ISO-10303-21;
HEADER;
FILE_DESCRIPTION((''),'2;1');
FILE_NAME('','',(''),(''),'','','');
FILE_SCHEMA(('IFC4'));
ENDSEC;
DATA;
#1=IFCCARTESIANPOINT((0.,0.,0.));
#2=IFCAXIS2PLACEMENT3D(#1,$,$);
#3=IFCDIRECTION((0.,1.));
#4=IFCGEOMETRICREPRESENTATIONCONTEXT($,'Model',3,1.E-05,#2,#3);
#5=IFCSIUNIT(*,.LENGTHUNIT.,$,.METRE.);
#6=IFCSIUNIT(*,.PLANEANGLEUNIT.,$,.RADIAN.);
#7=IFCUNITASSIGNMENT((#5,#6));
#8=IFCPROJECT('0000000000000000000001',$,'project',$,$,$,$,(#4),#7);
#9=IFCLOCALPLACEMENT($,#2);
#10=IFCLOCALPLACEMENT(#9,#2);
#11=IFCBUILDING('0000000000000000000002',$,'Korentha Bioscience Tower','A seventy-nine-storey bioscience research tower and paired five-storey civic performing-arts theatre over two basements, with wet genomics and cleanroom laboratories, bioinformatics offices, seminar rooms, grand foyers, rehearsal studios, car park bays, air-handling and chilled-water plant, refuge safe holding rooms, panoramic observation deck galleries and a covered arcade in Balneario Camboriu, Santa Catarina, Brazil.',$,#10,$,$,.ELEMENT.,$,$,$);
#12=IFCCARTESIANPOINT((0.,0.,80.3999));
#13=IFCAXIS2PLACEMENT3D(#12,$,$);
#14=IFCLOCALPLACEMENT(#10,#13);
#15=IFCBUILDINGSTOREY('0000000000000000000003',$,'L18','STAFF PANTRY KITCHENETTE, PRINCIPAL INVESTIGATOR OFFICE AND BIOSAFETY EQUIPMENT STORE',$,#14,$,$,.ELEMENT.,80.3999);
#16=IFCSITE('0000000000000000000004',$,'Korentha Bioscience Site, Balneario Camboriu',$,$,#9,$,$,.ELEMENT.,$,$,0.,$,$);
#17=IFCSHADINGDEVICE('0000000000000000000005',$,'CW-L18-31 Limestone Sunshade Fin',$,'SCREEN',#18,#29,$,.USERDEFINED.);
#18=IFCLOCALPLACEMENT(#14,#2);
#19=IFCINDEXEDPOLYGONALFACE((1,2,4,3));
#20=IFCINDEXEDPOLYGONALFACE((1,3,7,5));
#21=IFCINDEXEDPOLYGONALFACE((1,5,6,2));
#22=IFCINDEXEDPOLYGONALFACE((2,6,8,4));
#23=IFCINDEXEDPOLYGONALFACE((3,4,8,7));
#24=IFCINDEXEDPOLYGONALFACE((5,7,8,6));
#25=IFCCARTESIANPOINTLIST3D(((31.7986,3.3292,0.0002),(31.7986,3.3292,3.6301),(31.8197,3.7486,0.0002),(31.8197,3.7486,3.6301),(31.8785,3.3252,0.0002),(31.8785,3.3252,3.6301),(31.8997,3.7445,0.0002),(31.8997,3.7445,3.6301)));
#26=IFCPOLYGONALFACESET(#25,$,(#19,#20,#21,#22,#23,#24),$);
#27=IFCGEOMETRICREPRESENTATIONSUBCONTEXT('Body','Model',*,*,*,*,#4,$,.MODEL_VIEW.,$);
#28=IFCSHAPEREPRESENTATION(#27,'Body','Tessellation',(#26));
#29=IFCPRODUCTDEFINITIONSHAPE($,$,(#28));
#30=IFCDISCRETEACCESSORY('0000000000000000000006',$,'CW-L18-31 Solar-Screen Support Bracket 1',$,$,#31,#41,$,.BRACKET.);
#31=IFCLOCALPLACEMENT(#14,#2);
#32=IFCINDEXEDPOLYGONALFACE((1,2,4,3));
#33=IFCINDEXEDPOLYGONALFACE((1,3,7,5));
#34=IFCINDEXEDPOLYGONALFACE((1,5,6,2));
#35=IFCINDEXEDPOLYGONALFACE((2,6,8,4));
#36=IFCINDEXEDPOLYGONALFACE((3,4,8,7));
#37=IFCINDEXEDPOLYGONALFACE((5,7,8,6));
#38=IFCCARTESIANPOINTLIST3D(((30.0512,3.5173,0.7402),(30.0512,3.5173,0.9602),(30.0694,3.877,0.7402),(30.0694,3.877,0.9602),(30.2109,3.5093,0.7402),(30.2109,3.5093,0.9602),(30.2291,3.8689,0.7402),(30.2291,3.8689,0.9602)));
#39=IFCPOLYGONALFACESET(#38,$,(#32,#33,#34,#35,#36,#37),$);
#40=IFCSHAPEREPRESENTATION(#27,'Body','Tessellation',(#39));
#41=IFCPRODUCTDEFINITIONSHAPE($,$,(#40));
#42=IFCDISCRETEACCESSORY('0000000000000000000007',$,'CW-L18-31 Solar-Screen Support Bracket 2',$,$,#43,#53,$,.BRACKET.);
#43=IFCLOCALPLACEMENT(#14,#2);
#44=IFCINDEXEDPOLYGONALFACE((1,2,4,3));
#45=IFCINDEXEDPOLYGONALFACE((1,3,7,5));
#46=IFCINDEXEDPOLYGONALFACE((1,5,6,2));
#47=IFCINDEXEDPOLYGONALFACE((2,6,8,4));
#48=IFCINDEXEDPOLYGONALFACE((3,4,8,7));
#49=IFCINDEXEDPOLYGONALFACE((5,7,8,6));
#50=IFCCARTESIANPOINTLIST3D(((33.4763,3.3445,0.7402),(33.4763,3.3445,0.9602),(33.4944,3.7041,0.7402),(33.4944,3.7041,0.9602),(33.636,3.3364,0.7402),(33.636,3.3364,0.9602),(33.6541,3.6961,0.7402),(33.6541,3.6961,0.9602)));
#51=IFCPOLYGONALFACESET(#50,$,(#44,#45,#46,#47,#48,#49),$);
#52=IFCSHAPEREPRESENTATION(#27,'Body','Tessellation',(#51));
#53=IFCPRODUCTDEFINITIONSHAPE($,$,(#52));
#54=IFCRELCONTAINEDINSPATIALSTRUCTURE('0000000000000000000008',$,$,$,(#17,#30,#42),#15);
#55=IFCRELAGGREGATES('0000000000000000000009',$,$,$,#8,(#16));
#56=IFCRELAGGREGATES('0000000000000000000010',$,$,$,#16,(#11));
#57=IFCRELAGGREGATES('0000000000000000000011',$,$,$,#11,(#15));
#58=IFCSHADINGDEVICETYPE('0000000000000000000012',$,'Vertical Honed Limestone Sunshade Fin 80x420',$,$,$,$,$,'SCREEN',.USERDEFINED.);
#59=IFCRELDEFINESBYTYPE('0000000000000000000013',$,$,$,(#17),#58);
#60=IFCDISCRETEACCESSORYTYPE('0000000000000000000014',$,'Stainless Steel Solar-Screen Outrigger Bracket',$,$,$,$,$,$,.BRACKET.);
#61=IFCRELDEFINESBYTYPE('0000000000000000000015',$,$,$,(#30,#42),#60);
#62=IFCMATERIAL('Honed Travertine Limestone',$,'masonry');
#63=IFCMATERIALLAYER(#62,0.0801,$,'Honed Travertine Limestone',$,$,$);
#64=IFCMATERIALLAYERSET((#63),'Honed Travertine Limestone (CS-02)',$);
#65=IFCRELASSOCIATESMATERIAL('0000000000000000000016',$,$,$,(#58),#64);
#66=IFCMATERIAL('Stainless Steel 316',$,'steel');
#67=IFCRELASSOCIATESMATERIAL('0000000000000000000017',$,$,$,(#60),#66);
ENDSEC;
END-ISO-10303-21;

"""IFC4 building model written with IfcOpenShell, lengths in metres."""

from ifc_helpers import new_model, si_unit, direction, frame, origin, origin_2d, place, context, subcontext, project, spatial, rectangle, extrude, material, layer, layer_set, type_object, element, save


model = new_model("IFC4")

# Units and contexts
model_context = context("Model", 3, precision=1e-05, world=origin(), true_north=direction((0.0, 1.0)))
body_context = subcontext(model_context, "Body", "Model", "MODEL_VIEW")
ifc_project = project(units=[si_unit("LENGTHUNIT", "METRE"), si_unit("PLANEANGLEUNIT", "RADIAN")], contexts=[model_context])

# Site, building, storey
site_placement = place(None, origin())
site = spatial("IfcSite", under=ifc_project, at=site_placement, Name="Korentha Bioscience Site, Balneario Camboriu", CompositionType="ELEMENT", RefElevation=0.0)
building_placement = place(site_placement, origin())
building = spatial("IfcBuilding", under=site, at=building_placement, Name="Korentha Bioscience Tower", Description="A seventy-nine-storey bioscience research tower and paired five-storey civic performing-arts theatre over two basements, with wet genomics and cleanroom laboratories, bioinformatics offices, seminar rooms, grand foyers, rehearsal studios, car park bays, air-handling and chilled-water plant, refuge safe holding rooms, panoramic observation deck galleries and a covered arcade in Balneario Camboriu, Santa Catarina, Brazil.", CompositionType="ELEMENT")
storey_placement = place(building_placement, frame((0.0, 0.0, 80.3999)))
storey = spatial("IfcBuildingStorey", under=building, at=storey_placement, Name="L18", Description="STAFF PANTRY KITCHENETTE, PRINCIPAL INVESTIGATOR OFFICE AND BIOSAFETY EQUIPMENT STORE", CompositionType="ELEMENT", Elevation=80.3999)

# Shading device
ifc_material_1 = material(Name="Honed Travertine Limestone", Category="masonry")
ifc_layer_1 = layer(ifc_material_1, 0.0801, Name="Honed Travertine Limestone")
ifc_layer_set_1 = layer_set([ifc_layer_1], Name="Honed Travertine Limestone (CS-02)")
shading_device_type_1 = type_object("IfcShadingDeviceType", Name="Vertical Honed Limestone Sunshade Fin 80x420", ElementType="SCREEN", PredefinedType="USERDEFINED", material=ifc_layer_set_1)
shading_device_1_placement = place(storey_placement, frame((31.8491, 3.5369, 0.0002), z_axis=(0.0, 0.0, 1.0), x_axis=(0.998731, -0.050371, 0.0)))
element("IfcShadingDevice", 1, at=shading_device_1_placement, inside=storey, type_object=shading_device_type_1, Name="CW-L18-31 Limestone Sunshade Fin", ObjectType="SCREEN", PredefinedType="USERDEFINED", context=body_context, shape_type="SweptSolid", body=[
    extrude(rectangle(XDim=0.0801, YDim=0.4199, at=origin_2d()), origin(), (0.0, 0.0, 1.0), 3.6299),
])

# Discrete accessories
ifc_material_2 = material(Name="Stainless Steel 316", Category="steel")
discrete_accessory_type = type_object("IfcDiscreteAccessoryType", Name="Stainless Steel Solar-Screen Outrigger Bracket", PredefinedType="BRACKET", material=ifc_material_2)
for number, where, z_axis, x_axis, name in (
    (2, (30.1401, 3.6931, 0.7402), (0.0, 0.0, 1.0), (0.998731, -0.050371, 0.0), "CW-L18-31 Solar-Screen Support Bracket 1"),
    (3, (33.5652, 3.5203, 0.7402), (0.0, 0.0, 1.0), (0.998731, -0.050371, 0.0), "CW-L18-31 Solar-Screen Support Bracket 2"),
):
    element("IfcDiscreteAccessory", number, at=place(storey_placement, frame(where, z_axis=z_axis, x_axis=x_axis)), inside=storey, type_object=discrete_accessory_type, Name=name, PredefinedType="BRACKET", context=body_context, shape_type="SweptSolid", body=[
        extrude(rectangle(XDim=0.1599, YDim=0.3601, at=origin_2d()), origin(), (0.0, 0.0, 1.0), 0.22),
    ])

save(model, "model.ifc")
